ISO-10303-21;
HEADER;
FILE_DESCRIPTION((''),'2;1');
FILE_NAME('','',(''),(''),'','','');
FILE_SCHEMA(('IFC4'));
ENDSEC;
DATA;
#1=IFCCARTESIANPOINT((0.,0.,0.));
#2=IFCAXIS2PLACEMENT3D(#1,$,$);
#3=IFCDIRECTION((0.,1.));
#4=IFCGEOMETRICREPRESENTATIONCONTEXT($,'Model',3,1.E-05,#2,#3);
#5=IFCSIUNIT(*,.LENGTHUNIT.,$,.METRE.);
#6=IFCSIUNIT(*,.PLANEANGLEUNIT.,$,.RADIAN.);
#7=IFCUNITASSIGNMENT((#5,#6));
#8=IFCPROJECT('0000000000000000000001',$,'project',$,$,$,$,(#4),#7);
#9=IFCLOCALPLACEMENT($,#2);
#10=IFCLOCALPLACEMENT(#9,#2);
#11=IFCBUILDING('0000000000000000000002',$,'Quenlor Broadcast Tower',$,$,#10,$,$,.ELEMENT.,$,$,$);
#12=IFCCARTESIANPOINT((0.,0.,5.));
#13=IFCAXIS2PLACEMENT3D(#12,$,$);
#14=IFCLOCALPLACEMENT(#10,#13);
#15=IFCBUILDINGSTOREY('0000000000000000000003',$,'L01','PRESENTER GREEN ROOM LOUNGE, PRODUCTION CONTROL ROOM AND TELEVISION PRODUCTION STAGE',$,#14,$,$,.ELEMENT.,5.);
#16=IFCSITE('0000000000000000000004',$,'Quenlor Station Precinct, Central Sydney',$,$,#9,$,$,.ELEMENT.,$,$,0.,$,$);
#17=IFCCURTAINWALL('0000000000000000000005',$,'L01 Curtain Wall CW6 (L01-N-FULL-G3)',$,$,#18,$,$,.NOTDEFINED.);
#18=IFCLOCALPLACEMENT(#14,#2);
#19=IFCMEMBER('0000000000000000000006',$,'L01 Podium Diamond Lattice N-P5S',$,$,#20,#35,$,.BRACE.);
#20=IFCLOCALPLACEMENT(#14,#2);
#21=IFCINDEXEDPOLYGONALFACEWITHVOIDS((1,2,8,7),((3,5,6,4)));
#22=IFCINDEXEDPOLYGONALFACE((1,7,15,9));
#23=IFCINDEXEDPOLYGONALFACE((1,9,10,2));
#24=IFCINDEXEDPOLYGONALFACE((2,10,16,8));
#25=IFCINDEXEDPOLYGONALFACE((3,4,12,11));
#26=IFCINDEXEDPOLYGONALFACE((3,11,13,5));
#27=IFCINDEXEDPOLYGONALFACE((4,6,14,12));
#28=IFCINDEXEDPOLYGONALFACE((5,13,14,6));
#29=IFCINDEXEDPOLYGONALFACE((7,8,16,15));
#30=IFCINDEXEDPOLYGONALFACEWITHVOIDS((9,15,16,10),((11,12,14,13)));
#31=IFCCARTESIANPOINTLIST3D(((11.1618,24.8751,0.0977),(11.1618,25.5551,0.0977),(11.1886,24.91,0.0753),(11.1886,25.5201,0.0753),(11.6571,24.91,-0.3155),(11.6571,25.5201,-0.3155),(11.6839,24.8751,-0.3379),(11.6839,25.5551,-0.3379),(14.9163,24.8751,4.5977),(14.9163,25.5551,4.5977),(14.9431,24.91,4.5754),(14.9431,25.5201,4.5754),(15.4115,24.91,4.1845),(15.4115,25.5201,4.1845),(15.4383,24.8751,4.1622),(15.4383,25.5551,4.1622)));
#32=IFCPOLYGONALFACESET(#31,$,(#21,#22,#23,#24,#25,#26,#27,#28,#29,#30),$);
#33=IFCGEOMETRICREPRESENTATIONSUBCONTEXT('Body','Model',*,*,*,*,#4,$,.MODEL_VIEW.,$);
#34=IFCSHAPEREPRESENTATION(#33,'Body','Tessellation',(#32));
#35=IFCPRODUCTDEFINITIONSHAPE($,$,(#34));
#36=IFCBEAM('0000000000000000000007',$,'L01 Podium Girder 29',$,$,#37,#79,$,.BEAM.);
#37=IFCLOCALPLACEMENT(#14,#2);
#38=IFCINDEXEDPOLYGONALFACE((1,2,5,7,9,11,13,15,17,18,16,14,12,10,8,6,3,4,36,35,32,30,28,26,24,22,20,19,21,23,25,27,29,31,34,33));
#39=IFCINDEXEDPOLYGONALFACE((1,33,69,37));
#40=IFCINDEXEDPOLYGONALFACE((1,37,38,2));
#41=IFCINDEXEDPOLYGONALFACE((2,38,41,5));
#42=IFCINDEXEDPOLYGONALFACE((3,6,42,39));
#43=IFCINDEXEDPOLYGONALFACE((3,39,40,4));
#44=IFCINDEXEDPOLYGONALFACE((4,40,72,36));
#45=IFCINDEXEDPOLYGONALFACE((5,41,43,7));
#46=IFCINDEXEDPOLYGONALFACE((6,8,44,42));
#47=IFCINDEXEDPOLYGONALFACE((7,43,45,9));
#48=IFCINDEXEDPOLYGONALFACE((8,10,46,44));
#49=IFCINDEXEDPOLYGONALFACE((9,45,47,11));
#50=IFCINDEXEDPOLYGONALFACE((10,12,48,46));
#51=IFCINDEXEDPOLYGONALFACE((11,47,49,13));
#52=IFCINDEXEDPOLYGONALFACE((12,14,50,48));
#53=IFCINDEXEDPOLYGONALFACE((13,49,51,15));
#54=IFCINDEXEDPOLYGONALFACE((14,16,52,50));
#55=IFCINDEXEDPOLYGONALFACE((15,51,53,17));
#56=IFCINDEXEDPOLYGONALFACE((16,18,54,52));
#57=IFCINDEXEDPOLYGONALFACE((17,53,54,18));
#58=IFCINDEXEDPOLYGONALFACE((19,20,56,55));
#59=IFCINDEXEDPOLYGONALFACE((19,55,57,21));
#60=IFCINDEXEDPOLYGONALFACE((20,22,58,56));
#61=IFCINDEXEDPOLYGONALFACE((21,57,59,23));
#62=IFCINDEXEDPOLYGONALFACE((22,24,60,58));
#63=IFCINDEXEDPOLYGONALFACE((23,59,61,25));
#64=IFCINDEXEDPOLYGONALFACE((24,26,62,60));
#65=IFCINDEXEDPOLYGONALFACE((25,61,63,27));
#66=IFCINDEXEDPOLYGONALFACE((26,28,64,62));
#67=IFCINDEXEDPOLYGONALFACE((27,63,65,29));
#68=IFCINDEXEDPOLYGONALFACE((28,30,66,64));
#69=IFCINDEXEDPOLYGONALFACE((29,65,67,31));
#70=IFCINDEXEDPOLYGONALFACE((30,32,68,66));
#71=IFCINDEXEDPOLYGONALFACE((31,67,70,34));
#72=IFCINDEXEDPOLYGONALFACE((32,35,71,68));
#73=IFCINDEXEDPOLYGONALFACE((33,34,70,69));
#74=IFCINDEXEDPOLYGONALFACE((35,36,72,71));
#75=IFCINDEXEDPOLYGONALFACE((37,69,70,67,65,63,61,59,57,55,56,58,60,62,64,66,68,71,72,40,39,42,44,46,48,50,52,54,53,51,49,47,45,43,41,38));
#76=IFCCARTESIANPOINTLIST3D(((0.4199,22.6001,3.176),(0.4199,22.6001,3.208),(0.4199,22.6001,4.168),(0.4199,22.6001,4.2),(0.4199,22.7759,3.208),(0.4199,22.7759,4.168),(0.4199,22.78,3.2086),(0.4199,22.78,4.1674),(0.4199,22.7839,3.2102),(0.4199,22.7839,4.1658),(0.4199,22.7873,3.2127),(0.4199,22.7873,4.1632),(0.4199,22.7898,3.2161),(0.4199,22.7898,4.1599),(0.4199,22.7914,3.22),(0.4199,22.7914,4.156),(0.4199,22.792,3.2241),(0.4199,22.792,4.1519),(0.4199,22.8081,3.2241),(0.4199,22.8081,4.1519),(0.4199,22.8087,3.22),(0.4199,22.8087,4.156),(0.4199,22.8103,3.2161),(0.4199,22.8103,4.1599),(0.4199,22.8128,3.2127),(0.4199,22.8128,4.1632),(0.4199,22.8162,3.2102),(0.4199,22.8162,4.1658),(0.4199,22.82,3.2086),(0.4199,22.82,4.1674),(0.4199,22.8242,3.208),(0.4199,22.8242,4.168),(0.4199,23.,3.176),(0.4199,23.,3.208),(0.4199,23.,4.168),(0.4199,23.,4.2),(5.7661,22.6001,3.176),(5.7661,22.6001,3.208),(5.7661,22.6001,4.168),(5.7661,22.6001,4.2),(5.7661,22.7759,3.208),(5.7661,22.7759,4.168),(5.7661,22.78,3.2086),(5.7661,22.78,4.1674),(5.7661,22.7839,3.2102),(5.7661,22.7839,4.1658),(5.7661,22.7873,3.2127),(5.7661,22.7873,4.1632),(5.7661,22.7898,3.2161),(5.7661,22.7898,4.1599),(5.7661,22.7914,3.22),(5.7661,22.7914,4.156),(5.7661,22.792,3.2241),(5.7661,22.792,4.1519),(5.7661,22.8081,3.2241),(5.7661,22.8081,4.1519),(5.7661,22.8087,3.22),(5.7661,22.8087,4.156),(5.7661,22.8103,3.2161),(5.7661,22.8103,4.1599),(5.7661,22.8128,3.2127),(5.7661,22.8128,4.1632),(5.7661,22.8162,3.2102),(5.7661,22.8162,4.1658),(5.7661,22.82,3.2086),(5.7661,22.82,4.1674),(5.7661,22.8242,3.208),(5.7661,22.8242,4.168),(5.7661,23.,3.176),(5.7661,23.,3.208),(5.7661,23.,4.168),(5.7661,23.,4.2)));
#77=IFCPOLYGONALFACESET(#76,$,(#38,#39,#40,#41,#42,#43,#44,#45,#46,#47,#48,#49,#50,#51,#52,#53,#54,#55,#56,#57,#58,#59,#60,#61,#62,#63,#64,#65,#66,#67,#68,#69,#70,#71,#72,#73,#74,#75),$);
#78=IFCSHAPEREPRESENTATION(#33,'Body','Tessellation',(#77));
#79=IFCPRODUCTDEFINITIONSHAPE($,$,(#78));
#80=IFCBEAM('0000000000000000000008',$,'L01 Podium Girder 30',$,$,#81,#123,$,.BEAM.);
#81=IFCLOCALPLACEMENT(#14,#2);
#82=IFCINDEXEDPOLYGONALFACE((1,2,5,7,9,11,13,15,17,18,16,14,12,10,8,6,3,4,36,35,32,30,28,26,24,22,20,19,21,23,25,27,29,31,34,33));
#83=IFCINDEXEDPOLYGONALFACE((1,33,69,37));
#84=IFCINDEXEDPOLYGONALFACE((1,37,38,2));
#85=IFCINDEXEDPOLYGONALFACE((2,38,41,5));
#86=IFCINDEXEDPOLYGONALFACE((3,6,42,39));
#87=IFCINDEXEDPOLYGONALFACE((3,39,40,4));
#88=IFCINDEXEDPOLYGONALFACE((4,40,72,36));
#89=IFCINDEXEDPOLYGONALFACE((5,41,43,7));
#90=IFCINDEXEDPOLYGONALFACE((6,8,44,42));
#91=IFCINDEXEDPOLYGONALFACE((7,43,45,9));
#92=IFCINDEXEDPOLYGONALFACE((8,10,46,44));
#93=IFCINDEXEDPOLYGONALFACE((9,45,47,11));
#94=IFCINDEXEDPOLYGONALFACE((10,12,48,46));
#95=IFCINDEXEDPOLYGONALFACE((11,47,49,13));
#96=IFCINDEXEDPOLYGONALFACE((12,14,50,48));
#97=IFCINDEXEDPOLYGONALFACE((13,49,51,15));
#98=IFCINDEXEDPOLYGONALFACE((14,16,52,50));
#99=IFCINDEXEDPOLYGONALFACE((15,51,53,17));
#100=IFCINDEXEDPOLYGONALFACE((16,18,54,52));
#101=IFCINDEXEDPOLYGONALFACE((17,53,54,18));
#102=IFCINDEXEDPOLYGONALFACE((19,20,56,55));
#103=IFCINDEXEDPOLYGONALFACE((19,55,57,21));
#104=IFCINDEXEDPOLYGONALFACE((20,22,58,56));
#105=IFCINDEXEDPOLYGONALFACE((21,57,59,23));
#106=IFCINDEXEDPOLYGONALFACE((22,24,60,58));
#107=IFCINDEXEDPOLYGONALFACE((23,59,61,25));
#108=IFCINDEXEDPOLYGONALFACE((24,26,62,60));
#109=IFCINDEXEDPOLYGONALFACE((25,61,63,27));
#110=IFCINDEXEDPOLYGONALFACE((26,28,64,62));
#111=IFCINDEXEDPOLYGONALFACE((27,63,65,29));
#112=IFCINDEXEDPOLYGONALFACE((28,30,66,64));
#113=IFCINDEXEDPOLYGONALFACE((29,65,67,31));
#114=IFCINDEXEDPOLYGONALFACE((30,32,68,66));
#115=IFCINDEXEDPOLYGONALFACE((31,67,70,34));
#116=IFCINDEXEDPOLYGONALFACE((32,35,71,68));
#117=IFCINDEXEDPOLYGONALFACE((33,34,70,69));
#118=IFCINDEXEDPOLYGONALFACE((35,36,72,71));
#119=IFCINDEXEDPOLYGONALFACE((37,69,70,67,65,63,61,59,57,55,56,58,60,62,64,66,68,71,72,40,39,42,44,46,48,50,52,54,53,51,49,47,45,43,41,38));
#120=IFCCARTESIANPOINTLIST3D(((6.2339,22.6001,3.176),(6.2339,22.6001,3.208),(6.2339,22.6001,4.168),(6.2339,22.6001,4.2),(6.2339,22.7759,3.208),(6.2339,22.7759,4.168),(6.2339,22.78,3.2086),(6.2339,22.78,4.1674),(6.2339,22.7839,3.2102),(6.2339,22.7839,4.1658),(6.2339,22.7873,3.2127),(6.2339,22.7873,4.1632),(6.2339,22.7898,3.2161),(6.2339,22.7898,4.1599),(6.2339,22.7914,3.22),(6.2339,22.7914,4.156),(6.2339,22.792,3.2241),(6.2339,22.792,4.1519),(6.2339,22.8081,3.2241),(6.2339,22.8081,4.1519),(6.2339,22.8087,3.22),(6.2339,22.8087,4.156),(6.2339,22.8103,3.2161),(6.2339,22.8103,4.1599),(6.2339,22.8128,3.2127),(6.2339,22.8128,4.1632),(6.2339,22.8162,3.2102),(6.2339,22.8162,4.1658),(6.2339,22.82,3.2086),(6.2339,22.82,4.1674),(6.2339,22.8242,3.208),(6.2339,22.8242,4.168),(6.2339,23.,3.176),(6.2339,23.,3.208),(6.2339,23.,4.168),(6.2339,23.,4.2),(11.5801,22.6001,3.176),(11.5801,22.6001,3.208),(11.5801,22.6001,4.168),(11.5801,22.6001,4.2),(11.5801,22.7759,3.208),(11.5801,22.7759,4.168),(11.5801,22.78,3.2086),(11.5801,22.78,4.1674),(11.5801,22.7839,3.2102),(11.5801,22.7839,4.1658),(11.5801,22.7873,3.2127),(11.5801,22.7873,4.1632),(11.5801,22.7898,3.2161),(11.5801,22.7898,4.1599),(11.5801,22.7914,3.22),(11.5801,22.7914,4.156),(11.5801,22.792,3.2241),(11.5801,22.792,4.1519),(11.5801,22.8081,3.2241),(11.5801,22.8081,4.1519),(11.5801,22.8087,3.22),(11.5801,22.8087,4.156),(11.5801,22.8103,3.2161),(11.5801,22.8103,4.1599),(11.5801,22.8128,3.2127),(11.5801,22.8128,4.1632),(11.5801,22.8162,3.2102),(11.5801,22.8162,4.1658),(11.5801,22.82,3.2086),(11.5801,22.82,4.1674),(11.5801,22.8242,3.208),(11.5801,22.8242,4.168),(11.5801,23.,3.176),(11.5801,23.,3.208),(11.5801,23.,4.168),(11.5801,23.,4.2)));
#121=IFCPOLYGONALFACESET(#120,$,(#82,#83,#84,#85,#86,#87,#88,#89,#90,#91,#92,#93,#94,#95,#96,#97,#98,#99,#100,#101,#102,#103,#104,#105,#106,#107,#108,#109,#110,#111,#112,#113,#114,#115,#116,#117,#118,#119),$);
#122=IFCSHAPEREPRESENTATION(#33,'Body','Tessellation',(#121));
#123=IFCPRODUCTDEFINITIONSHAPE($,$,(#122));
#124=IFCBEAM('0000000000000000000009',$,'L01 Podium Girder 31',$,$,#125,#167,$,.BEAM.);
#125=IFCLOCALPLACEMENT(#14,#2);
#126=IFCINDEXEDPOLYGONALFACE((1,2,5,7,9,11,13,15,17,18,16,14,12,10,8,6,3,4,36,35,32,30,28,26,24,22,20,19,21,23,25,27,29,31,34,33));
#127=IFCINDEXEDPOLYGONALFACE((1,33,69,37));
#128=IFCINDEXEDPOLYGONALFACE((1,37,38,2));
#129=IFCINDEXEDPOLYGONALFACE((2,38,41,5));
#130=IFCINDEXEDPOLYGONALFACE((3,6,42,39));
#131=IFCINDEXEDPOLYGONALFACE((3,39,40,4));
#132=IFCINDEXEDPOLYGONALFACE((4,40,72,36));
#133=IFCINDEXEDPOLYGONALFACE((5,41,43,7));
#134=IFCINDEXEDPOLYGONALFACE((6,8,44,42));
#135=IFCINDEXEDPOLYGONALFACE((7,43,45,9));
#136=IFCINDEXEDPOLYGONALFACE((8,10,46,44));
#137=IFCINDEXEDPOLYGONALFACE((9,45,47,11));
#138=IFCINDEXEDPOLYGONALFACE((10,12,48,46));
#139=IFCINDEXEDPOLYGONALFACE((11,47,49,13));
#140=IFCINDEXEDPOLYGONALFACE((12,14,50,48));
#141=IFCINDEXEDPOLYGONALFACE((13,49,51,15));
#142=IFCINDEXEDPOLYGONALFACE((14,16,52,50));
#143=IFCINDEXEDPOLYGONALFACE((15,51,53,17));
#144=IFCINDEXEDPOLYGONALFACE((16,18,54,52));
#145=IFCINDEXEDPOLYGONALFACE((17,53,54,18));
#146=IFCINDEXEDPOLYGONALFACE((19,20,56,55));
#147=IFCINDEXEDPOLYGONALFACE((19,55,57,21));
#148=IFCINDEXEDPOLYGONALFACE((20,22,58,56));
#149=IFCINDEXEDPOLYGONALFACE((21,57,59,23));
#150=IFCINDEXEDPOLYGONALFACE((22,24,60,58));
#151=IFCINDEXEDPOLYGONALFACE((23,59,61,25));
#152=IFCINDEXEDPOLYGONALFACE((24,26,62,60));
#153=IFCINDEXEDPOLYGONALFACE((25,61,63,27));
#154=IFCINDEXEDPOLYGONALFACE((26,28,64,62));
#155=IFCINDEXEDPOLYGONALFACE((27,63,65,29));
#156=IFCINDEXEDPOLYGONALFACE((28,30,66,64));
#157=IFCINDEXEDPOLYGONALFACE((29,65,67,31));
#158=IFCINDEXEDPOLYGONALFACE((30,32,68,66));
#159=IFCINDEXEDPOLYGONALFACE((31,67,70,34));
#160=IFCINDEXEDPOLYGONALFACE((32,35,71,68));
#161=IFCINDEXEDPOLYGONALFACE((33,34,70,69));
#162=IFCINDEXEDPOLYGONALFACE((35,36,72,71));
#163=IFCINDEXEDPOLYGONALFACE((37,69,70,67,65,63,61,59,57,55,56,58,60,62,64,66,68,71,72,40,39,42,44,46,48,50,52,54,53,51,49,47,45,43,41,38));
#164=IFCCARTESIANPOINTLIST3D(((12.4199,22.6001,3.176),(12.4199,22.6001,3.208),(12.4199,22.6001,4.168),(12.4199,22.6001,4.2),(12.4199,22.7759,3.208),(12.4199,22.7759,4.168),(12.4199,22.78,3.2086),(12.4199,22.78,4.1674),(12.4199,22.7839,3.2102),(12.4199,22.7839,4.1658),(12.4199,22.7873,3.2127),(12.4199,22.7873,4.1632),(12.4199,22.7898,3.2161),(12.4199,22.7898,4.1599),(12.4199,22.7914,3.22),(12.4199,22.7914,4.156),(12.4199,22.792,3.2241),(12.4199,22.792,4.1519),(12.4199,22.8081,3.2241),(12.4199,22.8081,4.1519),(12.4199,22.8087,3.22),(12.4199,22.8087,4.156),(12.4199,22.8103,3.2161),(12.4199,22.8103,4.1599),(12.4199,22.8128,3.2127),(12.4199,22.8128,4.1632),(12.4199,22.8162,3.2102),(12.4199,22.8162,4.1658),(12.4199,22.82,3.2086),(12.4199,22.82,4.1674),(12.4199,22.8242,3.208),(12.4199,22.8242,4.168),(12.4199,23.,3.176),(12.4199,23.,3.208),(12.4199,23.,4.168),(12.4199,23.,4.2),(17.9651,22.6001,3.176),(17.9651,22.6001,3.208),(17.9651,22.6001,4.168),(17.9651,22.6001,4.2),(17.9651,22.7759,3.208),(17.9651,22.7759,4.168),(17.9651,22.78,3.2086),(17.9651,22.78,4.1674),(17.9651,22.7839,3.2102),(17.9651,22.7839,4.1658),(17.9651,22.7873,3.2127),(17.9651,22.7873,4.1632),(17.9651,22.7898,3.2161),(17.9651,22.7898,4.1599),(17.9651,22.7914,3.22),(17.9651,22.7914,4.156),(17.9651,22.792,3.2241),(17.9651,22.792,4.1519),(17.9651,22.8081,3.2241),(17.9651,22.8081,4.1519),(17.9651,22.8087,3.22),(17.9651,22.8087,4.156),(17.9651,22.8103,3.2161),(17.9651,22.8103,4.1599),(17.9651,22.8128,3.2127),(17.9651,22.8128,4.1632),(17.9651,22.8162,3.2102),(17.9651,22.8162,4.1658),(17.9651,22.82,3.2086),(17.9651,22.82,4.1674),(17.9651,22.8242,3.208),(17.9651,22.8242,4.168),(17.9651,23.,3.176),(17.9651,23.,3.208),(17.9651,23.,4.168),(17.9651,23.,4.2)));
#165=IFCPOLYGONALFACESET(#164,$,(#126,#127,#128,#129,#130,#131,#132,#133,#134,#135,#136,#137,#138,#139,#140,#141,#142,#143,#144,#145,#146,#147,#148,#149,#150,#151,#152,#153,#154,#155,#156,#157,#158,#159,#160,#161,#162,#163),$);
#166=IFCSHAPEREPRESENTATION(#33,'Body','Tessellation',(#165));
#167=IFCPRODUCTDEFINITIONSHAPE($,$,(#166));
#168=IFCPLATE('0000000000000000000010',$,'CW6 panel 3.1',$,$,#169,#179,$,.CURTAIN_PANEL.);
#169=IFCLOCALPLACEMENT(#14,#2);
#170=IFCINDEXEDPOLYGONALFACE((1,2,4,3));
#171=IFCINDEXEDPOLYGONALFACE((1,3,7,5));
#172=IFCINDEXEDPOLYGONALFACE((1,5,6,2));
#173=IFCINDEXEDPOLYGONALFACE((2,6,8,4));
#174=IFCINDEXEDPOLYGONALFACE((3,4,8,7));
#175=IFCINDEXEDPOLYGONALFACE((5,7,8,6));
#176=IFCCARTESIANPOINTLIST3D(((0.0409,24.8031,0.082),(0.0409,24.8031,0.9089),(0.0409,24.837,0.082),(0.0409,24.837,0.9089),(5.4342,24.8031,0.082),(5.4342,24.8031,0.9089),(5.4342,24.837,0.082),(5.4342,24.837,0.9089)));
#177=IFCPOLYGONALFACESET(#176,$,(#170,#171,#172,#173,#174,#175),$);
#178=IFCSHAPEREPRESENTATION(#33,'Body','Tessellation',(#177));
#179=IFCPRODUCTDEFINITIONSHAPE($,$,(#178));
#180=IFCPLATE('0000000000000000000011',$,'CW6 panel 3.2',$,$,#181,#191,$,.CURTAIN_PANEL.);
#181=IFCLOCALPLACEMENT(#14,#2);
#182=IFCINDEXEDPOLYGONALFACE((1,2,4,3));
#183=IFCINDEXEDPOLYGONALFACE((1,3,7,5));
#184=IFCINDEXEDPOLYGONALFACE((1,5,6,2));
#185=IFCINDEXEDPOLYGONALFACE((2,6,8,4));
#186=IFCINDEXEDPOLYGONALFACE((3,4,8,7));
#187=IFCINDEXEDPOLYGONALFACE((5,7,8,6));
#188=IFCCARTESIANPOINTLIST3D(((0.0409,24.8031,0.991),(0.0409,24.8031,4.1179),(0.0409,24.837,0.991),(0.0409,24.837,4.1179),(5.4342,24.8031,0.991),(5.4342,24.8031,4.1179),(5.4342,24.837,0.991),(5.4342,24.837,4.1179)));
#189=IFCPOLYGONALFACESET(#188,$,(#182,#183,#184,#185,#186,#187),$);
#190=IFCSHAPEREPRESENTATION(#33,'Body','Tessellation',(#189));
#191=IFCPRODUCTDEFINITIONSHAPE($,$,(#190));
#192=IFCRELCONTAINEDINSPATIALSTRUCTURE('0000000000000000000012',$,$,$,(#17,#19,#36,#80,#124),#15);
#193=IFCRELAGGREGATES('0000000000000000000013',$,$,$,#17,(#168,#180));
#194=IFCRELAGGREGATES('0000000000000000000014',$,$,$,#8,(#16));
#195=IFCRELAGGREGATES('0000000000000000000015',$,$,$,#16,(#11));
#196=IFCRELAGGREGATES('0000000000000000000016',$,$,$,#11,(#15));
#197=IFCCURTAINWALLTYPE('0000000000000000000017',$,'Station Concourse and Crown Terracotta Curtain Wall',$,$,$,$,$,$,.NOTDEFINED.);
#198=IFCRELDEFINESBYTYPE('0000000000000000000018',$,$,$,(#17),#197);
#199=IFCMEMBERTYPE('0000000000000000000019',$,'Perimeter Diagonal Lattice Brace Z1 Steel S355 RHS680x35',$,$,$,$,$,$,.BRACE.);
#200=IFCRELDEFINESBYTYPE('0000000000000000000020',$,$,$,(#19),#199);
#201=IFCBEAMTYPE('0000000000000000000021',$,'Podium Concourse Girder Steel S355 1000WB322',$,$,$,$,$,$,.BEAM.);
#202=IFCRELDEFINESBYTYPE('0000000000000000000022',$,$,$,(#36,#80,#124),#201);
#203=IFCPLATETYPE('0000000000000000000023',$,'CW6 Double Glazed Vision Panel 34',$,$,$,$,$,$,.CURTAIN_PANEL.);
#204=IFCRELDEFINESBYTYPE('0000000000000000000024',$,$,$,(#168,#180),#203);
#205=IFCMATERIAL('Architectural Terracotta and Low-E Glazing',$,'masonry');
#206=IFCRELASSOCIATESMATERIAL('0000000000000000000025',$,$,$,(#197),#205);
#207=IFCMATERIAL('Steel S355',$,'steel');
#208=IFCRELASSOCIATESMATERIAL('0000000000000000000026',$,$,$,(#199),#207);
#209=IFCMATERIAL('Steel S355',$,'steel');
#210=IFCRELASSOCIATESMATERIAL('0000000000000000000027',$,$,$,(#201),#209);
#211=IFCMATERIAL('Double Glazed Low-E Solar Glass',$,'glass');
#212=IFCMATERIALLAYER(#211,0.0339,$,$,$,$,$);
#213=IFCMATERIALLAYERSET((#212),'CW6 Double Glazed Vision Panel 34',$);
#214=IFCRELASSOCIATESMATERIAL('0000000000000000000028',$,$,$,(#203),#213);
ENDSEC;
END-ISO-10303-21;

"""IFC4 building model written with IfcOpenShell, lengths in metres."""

from ifc_helpers import new_model, si_unit, direction, frame, origin, origin_2d, place, context, subcontext, project, spatial, rectangle, hollow_rectangle, i_section, extrude, material, layer, layer_set, material_profile, profile_set, type_object, element, aggregate, save


model = new_model("IFC4")

# Units and contexts
model_context = context("Model", 3, precision=1e-05, world=origin(), true_north=direction((0.0, 1.0)))
body_context = subcontext(model_context, "Body", "Model", "MODEL_VIEW")
ifc_project = project(units=[si_unit("LENGTHUNIT", "METRE"), si_unit("PLANEANGLEUNIT", "RADIAN")], contexts=[model_context])

# Site, building, storey
site_placement = place(None, origin())
site = spatial("IfcSite", under=ifc_project, at=site_placement, Name="Quenlor Station Precinct, Central Sydney", CompositionType="ELEMENT", RefElevation=0.0)
building_placement = place(site_placement, origin())
building = spatial("IfcBuilding", under=site, at=building_placement, Name="Quenlor Broadcast Tower", CompositionType="ELEMENT")
storey_placement = place(building_placement, frame((0.0, 0.0, 5.0)))
storey = spatial("IfcBuildingStorey", under=building, at=storey_placement, Name="L01", Description="PRESENTER GREEN ROOM LOUNGE, PRODUCTION CONTROL ROOM AND TELEVISION PRODUCTION STAGE", CompositionType="ELEMENT", Elevation=5.0)

# Curtain wall
ifc_material_1 = material(Name="Architectural Terracotta and Low-E Glazing", Category="masonry")
curtain_wall_type = type_object("IfcCurtainWallType", Name="Station Concourse and Crown Terracotta Curtain Wall", PredefinedType="NOTDEFINED", material=ifc_material_1)
curtain_wall_placement = place(storey_placement, origin())
curtain_wall = element("IfcCurtainWall", 1, at=curtain_wall_placement, inside=storey, type_object=curtain_wall_type, Name="L01 Curtain Wall CW6 (L01-N-FULL-G3)", PredefinedType="NOTDEFINED")

# Member
ifc_material_2 = material(Name="Steel S355", Category="steel")
ifc_material_profile_1 = material_profile(ifc_material_2, hollow_rectangle(XDim=0.6799, YDim=0.6799, WallThickness=0.0349, at=origin_2d()))
ifc_profile_set_1 = profile_set([ifc_material_profile_1], Name="Steel S355 RHS680x680x35")
member_type_1 = type_object("IfcMemberType", Name="Perimeter Diagonal Lattice Brace Z1 Steel S355 RHS680x35", PredefinedType="BRACE", material=ifc_profile_set_1)
member_1_placement = place(storey_placement, frame((11.4229, 25.2151, -0.1201), z_axis=(0.640627, 0.0, 0.767852), x_axis=(0.0, 1.0, 0.0)))
element("IfcMember", 2, at=member_1_placement, inside=storey, type_object=member_type_1, Name="L01 Podium Diamond Lattice N-P5S", PredefinedType="BRACE", context=body_context, shape_type="SweptSolid", body=[
    extrude(hollow_rectangle(XDim=0.6799, YDim=0.6799, WallThickness=0.0349, at=origin_2d()), origin(), (0.0, 0.0, 1.0), 5.8606),
])

# Beams
ifc_material_3 = material(Name="Steel S355", Category="steel")
ifc_material_profile_2 = material_profile(ifc_material_3, i_section(OverallWidth=0.3999, OverallDepth=1.0239, WebThickness=0.0161, FlangeThickness=0.032, FilletRadius=0.0161, at=origin_2d()))
ifc_profile_set_2 = profile_set([ifc_material_profile_2], Name="Steel S355 1000WB322")
beam_type = type_object("IfcBeamType", Name="Podium Concourse Girder Steel S355 1000WB322", PredefinedType="BEAM", material=ifc_profile_set_2)
for number, where, z_axis, x_axis, name in (
    (3, (0.4199, 22.8, 3.688), (1.0, 0.0, 0.0), (0.0, 1.0, 0.0), "L01 Podium Girder 29"),
    (4, (6.2339, 22.8, 3.688), (1.0, 0.0, 0.0), (0.0, 1.0, 0.0), "L01 Podium Girder 30"),
):
    element("IfcBeam", number, at=place(storey_placement, frame(where, z_axis=z_axis, x_axis=x_axis)), inside=storey, type_object=beam_type, Name=name, PredefinedType="BEAM", context=body_context, shape_type="SweptSolid", body=[
        extrude(i_section(OverallWidth=0.3999, OverallDepth=1.0239, WebThickness=0.0161, FlangeThickness=0.032, FilletRadius=0.0161, at=origin_2d()), origin(), (0.0, 0.0, 1.0), 5.3462),
    ])
beam_placement = place(storey_placement, frame((12.4199, 22.8, 3.688), z_axis=(1.0, 0.0, 0.0), x_axis=(0.0, 1.0, 0.0)))
element("IfcBeam", 5, at=beam_placement, inside=storey, type_object=beam_type, Name="L01 Podium Girder 31", PredefinedType="BEAM", context=body_context, shape_type="SweptSolid", body=[
    extrude(i_section(OverallWidth=0.3999, OverallDepth=1.0239, WebThickness=0.0161, FlangeThickness=0.032, FilletRadius=0.0161, at=origin_2d()), origin(), (0.0, 0.0, 1.0), 5.5452),
])

# Plates
ifc_material_4 = material(Name="Double Glazed Low-E Solar Glass", Category="glass")
ifc_layer_1 = layer(ifc_material_4, 0.0339)
ifc_layer_set_1 = layer_set([ifc_layer_1], Name="CW6 Double Glazed Vision Panel 34")
plate_type_1 = type_object("IfcPlateType", Name="CW6 Double Glazed Vision Panel 34", PredefinedType="CURTAIN_PANEL", material=ifc_layer_set_1)
plate_1_placement = place(storey_placement, frame((2.7375, 24.8201, 0.082), z_axis=(0.0, 0.0, 1.0), x_axis=(1.0, 0.0, 0.0)))
plate_1 = element("IfcPlate", 6, at=plate_1_placement, type_object=plate_type_1, Name="CW6 panel 3.1", PredefinedType="CURTAIN_PANEL", context=body_context, shape_type="SweptSolid", body=[
    extrude(rectangle(XDim=5.3933, YDim=0.0339, at=origin_2d()), origin(), (0.0, 0.0, 1.0), 0.8269),
])
plate_2_placement = place(storey_placement, frame((2.7375, 24.8201, 0.991), z_axis=(0.0, 0.0, 1.0), x_axis=(1.0, 0.0, 0.0)))
plate_2 = element("IfcPlate", 7, at=plate_2_placement, type_object=plate_type_1, Name="CW6 panel 3.2", PredefinedType="CURTAIN_PANEL", context=body_context, shape_type="SweptSolid", body=[
    extrude(rectangle(XDim=5.3933, YDim=0.0339, at=origin_2d()), origin(), (0.0, 0.0, 1.0), 3.127),
])
aggregate(curtain_wall, [plate_1, plate_2])

save(model, "model.ifc")
